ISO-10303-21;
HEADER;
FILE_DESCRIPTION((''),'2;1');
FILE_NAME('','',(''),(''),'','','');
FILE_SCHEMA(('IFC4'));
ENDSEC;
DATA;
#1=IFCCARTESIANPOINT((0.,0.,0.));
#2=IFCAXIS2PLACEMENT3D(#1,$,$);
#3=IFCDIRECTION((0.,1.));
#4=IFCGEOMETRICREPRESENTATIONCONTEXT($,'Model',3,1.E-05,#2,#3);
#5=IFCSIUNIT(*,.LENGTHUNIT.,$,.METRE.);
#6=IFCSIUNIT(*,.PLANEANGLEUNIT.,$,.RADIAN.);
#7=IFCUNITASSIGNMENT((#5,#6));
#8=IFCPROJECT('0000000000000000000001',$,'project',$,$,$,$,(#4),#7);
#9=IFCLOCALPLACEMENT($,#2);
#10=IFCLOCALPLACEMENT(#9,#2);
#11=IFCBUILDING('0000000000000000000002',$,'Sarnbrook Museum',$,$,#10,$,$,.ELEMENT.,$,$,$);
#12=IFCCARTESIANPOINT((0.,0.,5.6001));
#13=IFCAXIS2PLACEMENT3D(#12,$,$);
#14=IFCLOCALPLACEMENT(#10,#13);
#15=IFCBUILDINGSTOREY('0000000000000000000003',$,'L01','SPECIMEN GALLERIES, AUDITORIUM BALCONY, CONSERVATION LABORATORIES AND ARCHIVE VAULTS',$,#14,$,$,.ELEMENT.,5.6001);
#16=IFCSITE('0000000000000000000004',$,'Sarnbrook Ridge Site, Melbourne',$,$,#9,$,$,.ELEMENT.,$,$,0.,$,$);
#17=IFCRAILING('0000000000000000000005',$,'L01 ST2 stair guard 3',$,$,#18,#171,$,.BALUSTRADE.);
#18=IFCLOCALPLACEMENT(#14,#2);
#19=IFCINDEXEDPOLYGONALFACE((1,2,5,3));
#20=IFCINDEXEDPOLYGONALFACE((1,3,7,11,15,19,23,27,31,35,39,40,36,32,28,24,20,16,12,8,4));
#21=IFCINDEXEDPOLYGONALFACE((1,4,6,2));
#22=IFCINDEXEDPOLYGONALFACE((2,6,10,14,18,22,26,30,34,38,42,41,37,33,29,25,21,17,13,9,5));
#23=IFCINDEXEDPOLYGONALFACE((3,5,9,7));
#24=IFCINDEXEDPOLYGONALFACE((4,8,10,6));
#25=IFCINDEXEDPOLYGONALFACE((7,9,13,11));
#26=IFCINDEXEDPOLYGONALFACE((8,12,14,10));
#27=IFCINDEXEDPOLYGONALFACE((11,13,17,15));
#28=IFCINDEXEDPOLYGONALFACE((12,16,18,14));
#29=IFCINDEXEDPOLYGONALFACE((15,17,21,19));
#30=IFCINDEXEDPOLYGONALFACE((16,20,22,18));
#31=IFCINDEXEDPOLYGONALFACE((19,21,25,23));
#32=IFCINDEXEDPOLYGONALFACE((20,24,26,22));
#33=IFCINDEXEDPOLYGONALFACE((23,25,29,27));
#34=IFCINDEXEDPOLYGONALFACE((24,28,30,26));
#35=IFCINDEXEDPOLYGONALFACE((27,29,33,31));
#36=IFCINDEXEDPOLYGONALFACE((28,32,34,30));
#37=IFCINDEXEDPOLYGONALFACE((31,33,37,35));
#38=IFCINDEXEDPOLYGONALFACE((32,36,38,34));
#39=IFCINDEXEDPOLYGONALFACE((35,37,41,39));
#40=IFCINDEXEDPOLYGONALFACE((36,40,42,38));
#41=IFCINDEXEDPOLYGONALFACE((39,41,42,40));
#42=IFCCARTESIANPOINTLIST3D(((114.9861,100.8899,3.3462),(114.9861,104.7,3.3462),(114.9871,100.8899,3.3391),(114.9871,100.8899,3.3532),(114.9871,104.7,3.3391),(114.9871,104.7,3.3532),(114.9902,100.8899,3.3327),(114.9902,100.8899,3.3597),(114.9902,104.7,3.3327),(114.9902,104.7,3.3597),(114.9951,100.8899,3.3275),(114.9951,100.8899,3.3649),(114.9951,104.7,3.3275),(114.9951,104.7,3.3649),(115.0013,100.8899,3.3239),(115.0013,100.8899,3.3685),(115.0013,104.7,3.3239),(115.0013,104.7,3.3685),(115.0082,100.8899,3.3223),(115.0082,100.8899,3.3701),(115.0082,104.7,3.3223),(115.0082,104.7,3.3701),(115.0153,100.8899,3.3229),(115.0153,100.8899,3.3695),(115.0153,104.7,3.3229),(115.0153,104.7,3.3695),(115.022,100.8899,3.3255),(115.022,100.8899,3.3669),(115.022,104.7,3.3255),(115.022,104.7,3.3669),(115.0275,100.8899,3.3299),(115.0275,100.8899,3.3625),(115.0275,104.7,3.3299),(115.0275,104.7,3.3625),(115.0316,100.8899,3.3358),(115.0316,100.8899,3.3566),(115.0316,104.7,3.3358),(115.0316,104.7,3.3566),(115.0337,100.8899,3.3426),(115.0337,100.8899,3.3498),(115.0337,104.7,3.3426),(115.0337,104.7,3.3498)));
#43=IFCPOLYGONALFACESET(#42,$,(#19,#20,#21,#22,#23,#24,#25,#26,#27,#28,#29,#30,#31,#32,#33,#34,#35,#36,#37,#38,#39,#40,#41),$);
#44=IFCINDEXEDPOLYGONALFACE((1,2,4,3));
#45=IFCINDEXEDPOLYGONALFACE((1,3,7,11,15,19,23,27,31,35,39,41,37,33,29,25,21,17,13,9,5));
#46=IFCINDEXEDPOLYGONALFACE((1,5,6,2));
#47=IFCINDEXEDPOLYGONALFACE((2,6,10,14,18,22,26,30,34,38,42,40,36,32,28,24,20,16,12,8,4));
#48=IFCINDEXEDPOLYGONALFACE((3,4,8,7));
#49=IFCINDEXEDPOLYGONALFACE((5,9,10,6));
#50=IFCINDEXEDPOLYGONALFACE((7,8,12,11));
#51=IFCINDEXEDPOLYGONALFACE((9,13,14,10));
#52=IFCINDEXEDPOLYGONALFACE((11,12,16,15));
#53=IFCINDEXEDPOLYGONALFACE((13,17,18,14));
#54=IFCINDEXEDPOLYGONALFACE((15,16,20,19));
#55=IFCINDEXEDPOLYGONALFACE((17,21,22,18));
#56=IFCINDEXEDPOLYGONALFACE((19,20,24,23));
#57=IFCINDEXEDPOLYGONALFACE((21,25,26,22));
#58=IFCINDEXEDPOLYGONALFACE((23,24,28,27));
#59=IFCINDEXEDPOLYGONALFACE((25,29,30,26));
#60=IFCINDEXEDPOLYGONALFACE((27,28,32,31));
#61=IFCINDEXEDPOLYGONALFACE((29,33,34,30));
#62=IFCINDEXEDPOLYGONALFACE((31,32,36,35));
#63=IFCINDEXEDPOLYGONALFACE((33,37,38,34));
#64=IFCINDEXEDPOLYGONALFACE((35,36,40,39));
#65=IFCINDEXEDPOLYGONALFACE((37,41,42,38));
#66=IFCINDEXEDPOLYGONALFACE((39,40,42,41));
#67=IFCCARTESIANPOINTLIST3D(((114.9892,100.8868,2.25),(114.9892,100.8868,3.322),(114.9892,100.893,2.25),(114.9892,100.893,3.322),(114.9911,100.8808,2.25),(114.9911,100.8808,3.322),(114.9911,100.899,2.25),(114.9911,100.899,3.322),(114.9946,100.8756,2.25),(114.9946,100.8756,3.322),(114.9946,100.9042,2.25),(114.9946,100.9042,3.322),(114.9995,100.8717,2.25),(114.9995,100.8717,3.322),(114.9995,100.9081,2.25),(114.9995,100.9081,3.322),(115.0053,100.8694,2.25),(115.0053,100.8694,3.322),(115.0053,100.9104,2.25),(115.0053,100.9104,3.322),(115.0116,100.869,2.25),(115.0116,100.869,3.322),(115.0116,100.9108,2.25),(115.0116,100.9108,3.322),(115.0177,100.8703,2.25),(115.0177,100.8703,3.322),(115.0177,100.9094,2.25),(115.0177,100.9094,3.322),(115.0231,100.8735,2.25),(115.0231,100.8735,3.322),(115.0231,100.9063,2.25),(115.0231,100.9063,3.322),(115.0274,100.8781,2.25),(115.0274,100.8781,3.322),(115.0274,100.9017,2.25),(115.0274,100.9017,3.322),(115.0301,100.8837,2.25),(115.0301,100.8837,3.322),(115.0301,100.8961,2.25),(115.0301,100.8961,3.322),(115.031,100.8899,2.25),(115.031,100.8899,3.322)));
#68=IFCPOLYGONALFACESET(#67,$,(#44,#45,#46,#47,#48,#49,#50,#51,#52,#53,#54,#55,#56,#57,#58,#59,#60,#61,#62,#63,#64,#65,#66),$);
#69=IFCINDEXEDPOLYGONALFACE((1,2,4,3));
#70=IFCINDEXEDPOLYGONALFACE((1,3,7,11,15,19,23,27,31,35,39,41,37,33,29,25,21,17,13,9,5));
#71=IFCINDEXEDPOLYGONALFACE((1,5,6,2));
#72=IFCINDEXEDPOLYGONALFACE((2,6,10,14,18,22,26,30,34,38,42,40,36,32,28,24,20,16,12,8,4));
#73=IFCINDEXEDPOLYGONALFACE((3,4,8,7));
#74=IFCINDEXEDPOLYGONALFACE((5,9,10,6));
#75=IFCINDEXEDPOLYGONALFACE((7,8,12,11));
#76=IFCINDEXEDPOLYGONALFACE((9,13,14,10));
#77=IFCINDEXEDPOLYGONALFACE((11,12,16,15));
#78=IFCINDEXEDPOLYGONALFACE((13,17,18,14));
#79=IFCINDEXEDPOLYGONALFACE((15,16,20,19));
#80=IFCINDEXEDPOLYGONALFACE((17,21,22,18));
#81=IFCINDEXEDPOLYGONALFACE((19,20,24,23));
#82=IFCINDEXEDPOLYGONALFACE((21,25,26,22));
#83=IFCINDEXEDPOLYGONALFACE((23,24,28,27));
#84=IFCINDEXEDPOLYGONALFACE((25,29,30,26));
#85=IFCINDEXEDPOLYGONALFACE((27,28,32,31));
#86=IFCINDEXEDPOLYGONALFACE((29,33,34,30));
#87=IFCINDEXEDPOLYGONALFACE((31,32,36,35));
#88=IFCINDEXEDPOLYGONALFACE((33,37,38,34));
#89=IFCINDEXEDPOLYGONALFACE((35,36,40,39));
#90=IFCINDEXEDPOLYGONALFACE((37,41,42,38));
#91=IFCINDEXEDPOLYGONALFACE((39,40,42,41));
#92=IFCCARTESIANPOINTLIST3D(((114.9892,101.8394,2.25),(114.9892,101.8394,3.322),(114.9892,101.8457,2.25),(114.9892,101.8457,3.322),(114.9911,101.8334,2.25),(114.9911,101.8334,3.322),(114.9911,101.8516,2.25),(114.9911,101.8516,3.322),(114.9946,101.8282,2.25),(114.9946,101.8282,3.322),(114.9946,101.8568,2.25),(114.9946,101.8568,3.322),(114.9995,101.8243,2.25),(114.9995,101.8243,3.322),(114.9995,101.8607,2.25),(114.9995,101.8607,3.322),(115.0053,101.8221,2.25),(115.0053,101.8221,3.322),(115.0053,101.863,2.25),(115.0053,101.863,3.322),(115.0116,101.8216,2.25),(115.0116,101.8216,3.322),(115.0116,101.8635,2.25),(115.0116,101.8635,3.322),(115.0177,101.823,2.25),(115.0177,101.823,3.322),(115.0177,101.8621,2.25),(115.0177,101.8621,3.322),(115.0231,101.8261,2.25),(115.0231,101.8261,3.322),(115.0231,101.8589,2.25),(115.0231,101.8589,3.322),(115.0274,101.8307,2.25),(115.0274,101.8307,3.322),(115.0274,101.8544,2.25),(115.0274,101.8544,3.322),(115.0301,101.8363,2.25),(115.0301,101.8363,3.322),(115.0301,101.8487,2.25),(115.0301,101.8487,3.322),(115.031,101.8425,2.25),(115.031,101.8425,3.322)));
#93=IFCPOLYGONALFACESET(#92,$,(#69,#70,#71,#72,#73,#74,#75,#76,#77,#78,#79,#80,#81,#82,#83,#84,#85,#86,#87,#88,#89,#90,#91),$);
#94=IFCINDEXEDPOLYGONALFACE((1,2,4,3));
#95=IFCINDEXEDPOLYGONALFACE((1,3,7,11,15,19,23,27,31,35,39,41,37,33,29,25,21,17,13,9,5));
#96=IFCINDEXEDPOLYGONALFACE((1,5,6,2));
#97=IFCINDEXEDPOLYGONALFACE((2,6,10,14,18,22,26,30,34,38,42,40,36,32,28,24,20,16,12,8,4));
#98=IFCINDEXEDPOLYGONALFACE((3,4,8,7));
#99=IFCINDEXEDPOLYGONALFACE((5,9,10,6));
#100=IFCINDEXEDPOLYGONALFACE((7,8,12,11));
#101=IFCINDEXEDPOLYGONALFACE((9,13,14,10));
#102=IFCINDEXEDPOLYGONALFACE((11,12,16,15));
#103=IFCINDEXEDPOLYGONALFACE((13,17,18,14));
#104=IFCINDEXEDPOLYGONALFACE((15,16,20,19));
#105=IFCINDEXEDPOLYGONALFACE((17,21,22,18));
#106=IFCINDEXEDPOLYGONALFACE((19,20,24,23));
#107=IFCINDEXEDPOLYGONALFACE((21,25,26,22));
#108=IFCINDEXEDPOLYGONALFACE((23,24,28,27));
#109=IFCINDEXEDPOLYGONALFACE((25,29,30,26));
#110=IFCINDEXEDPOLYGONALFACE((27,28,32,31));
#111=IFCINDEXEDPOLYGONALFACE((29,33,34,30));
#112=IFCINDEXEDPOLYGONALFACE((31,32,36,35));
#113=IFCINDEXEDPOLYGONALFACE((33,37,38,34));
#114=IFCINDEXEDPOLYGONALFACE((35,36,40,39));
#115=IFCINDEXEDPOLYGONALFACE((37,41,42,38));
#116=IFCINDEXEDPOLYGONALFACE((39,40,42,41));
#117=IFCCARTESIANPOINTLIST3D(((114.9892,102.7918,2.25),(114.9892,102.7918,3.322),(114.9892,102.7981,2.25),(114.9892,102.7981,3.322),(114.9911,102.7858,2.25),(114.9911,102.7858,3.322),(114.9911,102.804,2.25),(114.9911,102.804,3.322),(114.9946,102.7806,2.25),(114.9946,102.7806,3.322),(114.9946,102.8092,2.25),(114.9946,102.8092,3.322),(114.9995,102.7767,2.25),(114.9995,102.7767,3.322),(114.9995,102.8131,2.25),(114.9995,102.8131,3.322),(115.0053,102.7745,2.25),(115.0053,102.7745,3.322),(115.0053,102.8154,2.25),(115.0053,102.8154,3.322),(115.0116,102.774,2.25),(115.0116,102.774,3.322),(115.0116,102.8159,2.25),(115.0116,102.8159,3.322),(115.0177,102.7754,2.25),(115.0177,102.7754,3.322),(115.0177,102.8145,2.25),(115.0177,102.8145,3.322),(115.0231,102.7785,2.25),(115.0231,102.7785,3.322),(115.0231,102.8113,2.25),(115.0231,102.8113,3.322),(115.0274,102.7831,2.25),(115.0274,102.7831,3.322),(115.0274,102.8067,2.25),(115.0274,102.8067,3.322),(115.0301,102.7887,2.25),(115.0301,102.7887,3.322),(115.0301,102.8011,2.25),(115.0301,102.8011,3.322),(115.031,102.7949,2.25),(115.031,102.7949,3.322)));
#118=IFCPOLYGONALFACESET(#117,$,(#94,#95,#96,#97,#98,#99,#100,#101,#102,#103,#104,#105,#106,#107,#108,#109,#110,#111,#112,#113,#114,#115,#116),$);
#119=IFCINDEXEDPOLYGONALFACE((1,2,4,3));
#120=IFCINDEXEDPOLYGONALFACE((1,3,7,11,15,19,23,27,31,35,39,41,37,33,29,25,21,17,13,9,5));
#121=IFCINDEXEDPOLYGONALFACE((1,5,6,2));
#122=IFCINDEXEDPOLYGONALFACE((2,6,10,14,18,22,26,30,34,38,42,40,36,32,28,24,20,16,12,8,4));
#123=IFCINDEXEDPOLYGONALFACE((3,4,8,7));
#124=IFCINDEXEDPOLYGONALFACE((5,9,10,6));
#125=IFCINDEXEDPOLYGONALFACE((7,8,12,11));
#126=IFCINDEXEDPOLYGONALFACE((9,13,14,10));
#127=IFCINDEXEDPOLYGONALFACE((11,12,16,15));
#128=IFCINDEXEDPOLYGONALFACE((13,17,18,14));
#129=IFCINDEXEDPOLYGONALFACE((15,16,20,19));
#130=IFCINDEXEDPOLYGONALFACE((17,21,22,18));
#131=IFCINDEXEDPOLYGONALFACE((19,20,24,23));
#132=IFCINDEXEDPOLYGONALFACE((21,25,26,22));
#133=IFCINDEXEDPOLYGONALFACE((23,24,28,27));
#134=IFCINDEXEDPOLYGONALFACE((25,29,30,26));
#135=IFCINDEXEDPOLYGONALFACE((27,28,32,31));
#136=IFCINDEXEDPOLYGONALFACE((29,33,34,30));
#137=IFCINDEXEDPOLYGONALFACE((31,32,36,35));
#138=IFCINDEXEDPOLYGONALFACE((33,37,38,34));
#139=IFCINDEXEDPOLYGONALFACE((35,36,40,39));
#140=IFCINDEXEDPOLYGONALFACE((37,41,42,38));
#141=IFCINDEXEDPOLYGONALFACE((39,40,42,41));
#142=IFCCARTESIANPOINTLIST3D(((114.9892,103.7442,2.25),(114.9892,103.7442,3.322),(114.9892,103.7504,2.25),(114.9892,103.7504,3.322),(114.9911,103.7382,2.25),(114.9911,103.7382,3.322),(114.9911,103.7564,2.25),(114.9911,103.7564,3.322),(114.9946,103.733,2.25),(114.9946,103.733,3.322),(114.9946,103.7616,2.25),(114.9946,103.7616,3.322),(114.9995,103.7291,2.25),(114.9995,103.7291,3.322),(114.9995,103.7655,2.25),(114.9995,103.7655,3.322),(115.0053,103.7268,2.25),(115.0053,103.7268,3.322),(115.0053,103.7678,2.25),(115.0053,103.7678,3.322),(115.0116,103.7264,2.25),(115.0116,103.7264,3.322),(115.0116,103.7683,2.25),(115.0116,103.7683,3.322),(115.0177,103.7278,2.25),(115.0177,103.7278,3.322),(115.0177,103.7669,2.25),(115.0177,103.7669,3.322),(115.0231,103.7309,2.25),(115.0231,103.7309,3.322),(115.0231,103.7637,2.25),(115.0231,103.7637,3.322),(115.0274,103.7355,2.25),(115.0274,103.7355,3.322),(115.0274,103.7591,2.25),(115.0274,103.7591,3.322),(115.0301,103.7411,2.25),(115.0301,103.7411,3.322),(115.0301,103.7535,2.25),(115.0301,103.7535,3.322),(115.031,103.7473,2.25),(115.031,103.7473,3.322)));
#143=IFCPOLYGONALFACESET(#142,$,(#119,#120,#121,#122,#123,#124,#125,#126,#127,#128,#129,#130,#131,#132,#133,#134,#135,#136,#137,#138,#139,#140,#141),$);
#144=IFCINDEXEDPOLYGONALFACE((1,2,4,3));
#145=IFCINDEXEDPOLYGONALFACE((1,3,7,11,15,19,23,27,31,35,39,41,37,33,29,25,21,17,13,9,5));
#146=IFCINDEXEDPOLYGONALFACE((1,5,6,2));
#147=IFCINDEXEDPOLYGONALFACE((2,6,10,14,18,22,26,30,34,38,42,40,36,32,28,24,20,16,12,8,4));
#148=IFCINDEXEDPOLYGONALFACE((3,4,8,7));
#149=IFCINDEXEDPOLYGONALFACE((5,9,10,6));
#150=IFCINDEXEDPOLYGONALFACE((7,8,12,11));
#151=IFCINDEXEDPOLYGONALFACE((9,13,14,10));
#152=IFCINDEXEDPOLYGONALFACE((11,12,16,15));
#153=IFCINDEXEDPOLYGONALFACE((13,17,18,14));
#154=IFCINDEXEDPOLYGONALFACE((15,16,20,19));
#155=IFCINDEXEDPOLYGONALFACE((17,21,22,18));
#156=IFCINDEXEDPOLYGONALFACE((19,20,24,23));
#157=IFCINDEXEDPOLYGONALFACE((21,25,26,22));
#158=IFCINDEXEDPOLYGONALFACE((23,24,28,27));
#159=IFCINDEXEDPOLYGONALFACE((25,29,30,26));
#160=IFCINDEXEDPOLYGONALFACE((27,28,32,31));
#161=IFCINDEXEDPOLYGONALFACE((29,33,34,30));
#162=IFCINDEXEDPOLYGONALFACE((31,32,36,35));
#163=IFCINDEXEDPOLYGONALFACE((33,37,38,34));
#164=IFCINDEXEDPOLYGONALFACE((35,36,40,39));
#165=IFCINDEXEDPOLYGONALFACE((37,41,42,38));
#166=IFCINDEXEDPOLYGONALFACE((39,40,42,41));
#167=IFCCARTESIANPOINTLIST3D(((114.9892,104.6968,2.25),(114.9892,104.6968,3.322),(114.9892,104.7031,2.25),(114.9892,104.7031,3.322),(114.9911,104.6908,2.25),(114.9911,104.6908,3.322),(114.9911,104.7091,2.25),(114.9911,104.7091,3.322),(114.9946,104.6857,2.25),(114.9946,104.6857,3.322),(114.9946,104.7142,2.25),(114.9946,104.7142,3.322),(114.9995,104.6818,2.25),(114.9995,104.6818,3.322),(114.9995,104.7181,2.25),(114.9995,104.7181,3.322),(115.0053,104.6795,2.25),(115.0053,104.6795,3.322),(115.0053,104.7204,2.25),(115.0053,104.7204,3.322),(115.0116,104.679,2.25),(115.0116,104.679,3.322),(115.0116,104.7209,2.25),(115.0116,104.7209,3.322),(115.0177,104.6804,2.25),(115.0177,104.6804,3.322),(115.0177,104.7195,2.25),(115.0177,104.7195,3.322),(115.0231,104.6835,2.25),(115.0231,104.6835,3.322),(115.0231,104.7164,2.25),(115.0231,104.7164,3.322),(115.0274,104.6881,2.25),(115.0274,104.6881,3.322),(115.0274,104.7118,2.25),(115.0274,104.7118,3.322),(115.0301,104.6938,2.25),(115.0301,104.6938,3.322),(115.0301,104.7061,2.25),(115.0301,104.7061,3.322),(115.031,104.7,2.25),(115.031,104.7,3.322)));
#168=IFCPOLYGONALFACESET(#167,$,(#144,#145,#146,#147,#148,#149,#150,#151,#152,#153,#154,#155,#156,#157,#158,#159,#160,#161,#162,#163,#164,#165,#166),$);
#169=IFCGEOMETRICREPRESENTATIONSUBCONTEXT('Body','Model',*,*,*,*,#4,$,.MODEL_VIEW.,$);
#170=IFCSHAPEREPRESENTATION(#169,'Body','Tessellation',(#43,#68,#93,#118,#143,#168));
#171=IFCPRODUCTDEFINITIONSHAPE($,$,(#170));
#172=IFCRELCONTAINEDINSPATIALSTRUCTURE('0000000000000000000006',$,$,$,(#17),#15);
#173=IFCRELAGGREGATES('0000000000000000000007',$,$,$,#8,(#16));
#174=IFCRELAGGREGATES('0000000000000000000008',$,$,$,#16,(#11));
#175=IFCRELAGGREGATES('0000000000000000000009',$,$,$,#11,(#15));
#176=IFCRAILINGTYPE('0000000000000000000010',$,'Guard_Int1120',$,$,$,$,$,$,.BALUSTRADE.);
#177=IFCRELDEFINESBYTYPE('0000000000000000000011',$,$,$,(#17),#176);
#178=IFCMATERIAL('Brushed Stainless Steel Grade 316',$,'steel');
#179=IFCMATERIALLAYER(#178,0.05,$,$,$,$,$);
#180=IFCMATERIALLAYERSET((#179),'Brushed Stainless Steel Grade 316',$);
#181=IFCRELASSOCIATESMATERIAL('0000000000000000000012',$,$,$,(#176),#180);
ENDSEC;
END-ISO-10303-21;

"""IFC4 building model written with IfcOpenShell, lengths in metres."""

from ifc_helpers import new_model, si_unit, direction, frame, origin, origin_2d, place, context, subcontext, project, spatial, circle, extrude, material, layer, layer_set, type_object, element, save


model = new_model("IFC4")

# Units and contexts
model_context = context("Model", 3, precision=1e-05, world=origin(), true_north=direction((0.0, 1.0)))
body_context = subcontext(model_context, "Body", "Model", "MODEL_VIEW")
ifc_project = project(units=[si_unit("LENGTHUNIT", "METRE"), si_unit("PLANEANGLEUNIT", "RADIAN")], contexts=[model_context])

# Site, building, storey
site_placement = place(None, origin())
site = spatial("IfcSite", under=ifc_project, at=site_placement, Name="Sarnbrook Ridge Site, Melbourne", CompositionType="ELEMENT", RefElevation=0.0)
building_placement = place(site_placement, origin())
building = spatial("IfcBuilding", under=site, at=building_placement, Name="Sarnbrook Museum", CompositionType="ELEMENT")
storey_placement = place(building_placement, frame((0.0, 0.0, 5.6001)))
storey = spatial("IfcBuildingStorey", under=building, at=storey_placement, Name="L01", Description="SPECIMEN GALLERIES, AUDITORIUM BALCONY, CONSERVATION LABORATORIES AND ARCHIVE VAULTS", CompositionType="ELEMENT", Elevation=5.6001)

# Shared definitions
ifc_material_1 = material(Name="Brushed Stainless Steel Grade 316", Category="steel")

# Railing
ifc_layer_1 = layer(ifc_material_1, 0.05)
ifc_layer_set_1 = layer_set([ifc_layer_1], Name="Brushed Stainless Steel Grade 316")
railing_type_1 = type_object("IfcRailingType", Name="Guard_Int1120", PredefinedType="BALUSTRADE", material=ifc_layer_set_1)
for number, where, name in (
    (1, (115.01, 100.8899, 2.25), "L01 ST2 stair guard 3"),
):
    element("IfcRailing", number, at=place(storey_placement, frame(where)), inside=storey, type_object=railing_type_1, Name=name, PredefinedType="BALUSTRADE", context=body_context, shape_type="SweptSolid", body=[
        extrude(circle(Radius=0.0239, at=origin_2d()), frame((0.0, 0.0, 1.0962), z_axis=(0.0, 1.0, 0.0), x_axis=(-1.0, 0.0, 0.0)), (0.0, 0.0, 1.0), 3.8101),
        extrude(circle(Radius=0.021, at=origin_2d()), origin(), (0.0, 0.0, 1.0), 1.072),
        extrude(circle(Radius=0.021, at=origin_2d()), frame((0.0, 0.9526, 0.0)), (0.0, 0.0, 1.0), 1.072),
        extrude(circle(Radius=0.021, at=origin_2d()), frame((0.0, 1.905, 0.0)), (0.0, 0.0, 1.0), 1.072),
        extrude(circle(Radius=0.021, at=origin_2d()), frame((0.0, 2.8574, 0.0)), (0.0, 0.0, 1.0), 1.072),
        extrude(circle(Radius=0.021, at=origin_2d()), frame((0.0, 3.8101, 0.0)), (0.0, 0.0, 1.0), 1.072),
    ])

save(model, "model.ifc")
